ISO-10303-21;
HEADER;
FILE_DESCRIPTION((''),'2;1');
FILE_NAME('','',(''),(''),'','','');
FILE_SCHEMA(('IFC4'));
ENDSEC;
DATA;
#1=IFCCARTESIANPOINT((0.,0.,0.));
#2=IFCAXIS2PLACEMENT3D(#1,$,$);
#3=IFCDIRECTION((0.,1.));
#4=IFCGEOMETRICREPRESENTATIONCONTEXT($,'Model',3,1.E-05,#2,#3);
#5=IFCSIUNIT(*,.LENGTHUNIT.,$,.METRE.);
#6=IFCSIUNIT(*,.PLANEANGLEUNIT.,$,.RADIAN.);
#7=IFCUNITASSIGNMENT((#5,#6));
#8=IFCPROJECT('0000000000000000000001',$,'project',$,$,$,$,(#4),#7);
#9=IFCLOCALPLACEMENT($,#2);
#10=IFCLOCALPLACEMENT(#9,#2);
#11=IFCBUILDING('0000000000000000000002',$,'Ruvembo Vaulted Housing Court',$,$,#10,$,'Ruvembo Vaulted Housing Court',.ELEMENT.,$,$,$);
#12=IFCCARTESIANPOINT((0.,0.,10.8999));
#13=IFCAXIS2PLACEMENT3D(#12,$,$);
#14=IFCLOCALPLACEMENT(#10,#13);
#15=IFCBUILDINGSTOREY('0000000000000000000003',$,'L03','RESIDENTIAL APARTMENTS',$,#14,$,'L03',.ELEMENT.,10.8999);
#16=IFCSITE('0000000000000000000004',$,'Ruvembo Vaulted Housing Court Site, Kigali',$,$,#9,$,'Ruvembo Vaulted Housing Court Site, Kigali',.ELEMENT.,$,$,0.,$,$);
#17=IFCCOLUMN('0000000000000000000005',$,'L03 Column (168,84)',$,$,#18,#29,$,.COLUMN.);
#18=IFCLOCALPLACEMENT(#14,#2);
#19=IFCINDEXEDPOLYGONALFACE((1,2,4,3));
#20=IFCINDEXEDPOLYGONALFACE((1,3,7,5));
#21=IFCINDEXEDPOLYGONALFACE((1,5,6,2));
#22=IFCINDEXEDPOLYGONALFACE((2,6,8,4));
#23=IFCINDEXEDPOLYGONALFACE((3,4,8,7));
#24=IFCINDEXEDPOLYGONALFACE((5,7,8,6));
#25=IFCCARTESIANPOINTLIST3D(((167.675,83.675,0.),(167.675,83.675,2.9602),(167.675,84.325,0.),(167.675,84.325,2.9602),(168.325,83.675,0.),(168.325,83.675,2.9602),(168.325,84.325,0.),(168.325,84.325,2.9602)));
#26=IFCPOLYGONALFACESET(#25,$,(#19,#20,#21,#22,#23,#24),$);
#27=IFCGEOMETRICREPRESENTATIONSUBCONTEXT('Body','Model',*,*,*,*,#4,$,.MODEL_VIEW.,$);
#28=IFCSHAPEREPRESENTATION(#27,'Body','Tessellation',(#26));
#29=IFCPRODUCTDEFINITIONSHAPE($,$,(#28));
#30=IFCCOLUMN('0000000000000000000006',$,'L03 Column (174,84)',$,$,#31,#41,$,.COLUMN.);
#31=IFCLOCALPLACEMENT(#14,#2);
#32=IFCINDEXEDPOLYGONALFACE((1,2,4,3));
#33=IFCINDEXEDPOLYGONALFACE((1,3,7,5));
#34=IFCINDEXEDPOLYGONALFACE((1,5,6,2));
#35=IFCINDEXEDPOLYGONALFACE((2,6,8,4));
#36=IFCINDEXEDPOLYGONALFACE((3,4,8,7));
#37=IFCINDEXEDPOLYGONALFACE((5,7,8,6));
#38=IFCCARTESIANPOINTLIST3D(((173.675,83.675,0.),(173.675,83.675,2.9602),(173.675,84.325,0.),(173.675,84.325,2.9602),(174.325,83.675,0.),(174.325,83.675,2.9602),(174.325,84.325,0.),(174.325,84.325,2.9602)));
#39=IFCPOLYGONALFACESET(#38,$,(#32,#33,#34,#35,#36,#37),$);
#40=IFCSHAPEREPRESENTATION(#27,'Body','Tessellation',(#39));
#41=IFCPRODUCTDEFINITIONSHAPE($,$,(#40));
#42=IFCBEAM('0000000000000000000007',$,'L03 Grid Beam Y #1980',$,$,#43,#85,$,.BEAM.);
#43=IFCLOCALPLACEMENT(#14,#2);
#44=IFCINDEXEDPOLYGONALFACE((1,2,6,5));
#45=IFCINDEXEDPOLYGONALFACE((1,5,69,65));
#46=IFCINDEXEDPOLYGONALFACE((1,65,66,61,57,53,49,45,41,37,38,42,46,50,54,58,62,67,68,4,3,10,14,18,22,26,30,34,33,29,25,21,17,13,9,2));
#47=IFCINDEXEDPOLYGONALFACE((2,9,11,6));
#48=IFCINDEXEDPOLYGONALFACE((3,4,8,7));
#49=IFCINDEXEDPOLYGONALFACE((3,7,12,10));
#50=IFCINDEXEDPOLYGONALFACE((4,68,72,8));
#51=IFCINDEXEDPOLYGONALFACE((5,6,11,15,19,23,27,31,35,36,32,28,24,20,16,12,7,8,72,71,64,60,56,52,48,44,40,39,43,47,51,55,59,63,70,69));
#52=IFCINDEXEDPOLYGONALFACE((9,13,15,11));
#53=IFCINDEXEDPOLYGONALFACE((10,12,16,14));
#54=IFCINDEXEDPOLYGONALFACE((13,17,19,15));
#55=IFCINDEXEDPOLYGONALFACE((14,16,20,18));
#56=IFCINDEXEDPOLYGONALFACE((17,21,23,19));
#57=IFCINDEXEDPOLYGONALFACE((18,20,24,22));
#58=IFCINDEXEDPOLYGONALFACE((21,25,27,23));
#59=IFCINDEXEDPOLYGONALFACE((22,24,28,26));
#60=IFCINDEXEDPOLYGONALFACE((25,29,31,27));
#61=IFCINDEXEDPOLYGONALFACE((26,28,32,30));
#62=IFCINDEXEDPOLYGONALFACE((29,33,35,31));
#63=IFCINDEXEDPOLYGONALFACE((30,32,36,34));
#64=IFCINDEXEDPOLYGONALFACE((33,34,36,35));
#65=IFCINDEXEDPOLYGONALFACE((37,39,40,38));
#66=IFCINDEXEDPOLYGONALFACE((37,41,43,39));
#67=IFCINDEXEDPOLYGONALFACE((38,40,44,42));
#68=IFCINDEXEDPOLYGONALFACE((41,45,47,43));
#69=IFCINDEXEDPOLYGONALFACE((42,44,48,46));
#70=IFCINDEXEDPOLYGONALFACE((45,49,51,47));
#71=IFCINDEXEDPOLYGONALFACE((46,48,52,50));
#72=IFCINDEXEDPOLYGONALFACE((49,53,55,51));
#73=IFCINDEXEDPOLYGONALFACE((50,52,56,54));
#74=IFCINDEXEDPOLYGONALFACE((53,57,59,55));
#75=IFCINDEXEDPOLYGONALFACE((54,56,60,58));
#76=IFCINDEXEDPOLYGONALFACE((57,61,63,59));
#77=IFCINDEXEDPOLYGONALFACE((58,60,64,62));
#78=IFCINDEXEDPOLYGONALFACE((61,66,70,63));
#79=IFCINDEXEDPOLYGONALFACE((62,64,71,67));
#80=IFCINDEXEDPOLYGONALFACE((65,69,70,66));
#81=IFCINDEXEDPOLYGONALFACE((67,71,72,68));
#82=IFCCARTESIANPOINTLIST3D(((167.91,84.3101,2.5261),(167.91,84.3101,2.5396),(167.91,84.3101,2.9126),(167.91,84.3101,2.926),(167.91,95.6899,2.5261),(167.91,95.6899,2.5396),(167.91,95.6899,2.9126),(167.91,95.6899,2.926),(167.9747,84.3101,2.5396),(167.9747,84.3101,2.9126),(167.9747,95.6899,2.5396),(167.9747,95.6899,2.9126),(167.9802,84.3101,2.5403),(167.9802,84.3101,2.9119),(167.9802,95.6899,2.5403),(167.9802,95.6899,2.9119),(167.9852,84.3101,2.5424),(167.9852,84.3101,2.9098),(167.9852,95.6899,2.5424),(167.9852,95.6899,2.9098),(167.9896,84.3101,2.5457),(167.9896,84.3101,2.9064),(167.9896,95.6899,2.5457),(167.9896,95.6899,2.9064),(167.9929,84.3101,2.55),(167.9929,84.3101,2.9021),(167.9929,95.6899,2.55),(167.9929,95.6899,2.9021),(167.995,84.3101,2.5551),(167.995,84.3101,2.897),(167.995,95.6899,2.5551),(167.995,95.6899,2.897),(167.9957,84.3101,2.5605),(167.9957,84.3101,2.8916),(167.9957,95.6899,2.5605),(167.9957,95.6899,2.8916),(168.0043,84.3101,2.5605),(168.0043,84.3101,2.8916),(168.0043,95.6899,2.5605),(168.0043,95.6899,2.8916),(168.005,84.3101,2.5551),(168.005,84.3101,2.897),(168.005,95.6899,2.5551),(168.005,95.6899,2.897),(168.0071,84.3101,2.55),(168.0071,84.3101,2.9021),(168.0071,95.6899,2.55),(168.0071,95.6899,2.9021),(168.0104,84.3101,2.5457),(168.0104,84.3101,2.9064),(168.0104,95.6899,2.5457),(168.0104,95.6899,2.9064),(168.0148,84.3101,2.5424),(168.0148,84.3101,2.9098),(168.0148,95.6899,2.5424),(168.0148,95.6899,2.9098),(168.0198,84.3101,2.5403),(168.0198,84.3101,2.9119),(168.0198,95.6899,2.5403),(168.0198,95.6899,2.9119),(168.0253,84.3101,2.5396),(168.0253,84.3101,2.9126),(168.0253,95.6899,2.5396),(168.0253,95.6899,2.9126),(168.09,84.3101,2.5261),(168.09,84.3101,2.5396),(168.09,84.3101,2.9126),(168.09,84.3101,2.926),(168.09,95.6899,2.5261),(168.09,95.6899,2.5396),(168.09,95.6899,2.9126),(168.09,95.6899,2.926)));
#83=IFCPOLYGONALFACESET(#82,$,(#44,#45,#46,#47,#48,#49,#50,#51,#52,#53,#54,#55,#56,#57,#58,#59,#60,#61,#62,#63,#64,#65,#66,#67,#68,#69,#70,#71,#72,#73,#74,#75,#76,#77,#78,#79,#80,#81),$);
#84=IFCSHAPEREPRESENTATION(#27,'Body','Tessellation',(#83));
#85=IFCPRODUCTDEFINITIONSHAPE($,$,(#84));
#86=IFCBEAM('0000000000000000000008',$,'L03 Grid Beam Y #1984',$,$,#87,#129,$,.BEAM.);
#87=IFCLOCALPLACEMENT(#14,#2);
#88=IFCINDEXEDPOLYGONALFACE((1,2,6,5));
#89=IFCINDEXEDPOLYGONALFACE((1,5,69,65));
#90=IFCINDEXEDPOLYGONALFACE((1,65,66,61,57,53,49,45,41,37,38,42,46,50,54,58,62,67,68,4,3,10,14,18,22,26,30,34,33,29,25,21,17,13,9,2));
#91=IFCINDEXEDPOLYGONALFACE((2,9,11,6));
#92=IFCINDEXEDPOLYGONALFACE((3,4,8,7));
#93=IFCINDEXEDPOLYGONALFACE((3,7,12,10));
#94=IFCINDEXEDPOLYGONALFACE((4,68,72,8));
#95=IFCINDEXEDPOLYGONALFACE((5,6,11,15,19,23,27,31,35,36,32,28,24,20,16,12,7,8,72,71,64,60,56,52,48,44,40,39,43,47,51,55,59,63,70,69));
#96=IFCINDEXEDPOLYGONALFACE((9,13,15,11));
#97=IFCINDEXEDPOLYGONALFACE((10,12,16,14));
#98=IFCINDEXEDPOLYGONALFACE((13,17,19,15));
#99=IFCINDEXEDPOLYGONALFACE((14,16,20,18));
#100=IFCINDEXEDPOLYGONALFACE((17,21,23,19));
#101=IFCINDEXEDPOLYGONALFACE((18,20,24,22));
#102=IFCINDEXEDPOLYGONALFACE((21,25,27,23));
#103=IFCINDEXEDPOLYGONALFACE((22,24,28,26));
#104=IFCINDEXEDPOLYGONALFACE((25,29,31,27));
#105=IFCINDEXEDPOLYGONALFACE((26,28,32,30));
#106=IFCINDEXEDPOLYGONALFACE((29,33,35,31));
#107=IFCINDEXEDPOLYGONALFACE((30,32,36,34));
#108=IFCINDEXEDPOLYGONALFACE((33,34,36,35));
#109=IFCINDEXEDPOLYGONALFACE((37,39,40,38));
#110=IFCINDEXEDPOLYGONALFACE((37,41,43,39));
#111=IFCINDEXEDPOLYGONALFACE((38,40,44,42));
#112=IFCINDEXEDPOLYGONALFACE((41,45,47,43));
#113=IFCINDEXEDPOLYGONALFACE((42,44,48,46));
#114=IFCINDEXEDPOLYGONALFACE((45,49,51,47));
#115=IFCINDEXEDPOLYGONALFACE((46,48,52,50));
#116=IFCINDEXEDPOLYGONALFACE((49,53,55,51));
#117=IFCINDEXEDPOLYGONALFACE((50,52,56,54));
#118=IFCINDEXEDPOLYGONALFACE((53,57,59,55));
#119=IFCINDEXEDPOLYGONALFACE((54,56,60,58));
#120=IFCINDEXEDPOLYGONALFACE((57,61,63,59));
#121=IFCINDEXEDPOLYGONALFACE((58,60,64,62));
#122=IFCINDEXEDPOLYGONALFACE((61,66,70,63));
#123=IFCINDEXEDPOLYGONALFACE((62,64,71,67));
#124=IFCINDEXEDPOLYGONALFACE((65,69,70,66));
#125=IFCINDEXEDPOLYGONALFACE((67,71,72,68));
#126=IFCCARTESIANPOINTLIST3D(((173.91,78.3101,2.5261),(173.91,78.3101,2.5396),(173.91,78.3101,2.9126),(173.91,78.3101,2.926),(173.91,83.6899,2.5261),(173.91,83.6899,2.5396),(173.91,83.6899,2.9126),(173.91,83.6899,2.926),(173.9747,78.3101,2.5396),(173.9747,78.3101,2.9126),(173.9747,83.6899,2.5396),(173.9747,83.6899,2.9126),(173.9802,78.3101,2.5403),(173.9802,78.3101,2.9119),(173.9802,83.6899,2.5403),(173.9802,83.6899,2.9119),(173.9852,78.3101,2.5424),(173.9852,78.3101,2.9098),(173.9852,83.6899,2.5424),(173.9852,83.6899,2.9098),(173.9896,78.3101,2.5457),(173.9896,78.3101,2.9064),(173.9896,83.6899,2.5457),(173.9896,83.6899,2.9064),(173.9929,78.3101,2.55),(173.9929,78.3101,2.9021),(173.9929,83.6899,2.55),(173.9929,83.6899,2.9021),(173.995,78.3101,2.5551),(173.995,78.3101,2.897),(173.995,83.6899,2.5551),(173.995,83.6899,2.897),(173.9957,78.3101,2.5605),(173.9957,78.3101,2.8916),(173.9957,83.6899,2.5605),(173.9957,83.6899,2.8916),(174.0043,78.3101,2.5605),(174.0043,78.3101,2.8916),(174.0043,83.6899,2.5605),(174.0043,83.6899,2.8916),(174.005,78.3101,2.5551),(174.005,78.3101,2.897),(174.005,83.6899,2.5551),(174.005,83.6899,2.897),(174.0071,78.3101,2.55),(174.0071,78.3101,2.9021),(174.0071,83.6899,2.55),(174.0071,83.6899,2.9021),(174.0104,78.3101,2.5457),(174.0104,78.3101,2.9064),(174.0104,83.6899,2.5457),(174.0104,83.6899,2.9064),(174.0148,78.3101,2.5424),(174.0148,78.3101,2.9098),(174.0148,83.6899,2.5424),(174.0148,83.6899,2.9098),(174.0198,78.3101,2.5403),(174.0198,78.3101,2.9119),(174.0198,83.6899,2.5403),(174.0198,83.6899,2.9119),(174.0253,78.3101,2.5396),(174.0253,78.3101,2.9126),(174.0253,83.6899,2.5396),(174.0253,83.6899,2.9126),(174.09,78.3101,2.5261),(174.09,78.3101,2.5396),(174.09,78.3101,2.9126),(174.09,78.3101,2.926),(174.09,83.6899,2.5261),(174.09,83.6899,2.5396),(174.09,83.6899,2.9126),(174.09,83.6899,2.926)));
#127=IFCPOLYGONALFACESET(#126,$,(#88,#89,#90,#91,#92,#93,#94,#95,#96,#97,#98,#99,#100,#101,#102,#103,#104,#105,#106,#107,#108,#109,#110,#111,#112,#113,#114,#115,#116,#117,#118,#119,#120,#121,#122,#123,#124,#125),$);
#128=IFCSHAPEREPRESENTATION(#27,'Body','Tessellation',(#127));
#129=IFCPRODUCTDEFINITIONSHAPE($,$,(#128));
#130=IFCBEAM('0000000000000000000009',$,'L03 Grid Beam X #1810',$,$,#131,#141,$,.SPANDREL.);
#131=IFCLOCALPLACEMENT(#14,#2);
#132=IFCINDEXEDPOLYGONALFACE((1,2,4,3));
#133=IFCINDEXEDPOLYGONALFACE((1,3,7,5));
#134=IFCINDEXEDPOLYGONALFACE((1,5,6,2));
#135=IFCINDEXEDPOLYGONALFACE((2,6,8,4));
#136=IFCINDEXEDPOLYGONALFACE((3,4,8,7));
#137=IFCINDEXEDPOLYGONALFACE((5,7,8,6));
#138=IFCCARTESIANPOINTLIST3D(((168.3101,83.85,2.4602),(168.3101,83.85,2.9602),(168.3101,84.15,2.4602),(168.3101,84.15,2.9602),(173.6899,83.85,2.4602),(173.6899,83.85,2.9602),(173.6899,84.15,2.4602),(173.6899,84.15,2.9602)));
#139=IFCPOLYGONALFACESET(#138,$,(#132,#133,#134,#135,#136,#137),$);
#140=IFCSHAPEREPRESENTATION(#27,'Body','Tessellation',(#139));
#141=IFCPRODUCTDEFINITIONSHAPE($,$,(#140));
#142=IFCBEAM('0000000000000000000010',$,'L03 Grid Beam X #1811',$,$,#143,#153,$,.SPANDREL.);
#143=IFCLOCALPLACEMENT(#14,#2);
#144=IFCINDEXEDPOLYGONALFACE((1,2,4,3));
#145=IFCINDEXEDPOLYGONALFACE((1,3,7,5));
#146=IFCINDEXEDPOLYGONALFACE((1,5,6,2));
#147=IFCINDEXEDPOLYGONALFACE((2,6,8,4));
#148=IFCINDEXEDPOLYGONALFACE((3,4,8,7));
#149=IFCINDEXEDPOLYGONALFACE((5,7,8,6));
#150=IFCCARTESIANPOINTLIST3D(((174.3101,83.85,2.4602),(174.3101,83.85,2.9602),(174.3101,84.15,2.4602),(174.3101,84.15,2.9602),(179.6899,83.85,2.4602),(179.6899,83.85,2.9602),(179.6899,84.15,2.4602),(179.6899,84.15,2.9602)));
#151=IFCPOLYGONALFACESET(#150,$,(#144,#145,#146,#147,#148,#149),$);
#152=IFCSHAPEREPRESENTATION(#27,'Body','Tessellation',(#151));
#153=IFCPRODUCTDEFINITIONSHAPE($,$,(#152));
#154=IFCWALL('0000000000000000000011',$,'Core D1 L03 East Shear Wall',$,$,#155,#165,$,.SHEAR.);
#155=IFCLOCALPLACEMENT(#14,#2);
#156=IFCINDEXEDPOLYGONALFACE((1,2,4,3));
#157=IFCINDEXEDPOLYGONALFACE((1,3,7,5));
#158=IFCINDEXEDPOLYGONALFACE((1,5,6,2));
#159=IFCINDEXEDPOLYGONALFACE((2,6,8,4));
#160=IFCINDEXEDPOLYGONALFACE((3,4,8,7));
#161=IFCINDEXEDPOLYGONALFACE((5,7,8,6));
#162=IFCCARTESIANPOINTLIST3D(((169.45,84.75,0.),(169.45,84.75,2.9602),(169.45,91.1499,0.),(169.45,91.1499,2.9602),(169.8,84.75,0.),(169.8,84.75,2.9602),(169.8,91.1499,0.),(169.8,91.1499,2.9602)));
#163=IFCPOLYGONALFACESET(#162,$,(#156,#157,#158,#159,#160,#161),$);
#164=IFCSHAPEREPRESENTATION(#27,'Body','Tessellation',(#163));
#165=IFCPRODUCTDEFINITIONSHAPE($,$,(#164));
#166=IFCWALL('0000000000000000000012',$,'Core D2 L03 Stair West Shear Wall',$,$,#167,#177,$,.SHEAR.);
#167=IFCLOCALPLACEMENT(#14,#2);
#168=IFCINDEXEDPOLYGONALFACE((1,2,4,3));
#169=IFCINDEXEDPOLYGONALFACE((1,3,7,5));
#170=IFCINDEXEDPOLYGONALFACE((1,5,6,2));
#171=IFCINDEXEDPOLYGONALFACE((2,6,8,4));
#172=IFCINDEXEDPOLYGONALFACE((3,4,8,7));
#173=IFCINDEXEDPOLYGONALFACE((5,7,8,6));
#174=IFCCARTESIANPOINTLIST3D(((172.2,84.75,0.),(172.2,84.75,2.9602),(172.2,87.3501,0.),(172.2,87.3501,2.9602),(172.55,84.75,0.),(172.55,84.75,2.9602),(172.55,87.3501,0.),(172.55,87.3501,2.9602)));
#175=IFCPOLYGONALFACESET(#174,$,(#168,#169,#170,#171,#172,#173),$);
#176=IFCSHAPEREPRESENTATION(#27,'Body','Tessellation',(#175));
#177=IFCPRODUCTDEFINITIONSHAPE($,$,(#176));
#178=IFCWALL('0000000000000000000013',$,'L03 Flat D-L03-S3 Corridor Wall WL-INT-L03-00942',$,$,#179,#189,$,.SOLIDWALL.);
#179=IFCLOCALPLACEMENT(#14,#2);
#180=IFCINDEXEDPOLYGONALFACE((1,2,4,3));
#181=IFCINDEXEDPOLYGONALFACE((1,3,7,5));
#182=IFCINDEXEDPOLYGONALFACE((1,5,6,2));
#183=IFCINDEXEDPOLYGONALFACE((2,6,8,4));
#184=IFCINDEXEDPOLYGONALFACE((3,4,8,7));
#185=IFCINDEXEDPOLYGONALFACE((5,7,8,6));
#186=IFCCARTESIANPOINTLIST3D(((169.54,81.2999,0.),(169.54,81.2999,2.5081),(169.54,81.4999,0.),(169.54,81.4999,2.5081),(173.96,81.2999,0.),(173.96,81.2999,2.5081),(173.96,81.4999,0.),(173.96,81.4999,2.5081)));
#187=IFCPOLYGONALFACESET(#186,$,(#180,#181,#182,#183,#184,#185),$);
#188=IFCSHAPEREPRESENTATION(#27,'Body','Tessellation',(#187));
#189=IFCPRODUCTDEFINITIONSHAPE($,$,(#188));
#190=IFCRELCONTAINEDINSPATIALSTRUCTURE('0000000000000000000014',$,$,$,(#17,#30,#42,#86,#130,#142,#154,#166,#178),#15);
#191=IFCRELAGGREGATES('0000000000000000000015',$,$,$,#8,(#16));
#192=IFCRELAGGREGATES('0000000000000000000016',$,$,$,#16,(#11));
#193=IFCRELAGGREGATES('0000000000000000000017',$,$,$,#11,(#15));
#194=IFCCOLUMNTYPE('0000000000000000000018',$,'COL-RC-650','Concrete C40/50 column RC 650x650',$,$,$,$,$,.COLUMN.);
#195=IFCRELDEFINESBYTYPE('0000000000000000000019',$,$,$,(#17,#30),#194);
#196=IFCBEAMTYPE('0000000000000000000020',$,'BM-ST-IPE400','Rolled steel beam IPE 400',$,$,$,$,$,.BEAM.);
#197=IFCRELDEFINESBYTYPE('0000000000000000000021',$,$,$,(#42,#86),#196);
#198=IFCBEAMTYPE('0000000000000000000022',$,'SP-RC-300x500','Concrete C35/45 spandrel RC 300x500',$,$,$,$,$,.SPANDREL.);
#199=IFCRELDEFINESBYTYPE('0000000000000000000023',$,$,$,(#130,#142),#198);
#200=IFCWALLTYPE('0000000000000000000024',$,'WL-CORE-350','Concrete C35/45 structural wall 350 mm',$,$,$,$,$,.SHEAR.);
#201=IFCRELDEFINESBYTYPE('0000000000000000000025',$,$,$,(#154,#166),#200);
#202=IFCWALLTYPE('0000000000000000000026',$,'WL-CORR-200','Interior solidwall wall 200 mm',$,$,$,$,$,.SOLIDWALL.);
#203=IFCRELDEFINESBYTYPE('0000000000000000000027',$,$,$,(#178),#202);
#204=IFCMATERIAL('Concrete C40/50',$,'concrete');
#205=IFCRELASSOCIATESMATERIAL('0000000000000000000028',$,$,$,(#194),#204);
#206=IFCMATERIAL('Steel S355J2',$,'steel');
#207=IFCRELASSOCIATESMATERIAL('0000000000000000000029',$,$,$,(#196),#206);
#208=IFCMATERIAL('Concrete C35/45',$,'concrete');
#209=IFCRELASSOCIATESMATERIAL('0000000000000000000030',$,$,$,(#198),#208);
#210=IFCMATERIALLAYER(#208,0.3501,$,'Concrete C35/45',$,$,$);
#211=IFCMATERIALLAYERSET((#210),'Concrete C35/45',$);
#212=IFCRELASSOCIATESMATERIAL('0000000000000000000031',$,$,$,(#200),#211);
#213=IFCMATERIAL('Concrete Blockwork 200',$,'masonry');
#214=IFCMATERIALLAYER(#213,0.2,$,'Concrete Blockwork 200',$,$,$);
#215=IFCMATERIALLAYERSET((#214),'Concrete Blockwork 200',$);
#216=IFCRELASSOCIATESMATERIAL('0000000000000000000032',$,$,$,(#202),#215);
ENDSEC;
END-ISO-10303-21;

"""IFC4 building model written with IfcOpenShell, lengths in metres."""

from ifc_helpers import new_model, si_unit, direction, frame, frame_2d, origin, origin_2d, place, context, subcontext, project, spatial, rectangle, i_section, extrude, material, layer, layer_set, material_profile, profile_set, type_object, element, save


model = new_model("IFC4")

# Units and contexts
model_context = context("Model", 3, precision=1e-05, world=origin(), true_north=direction((0.0, 1.0)))
body_context = subcontext(model_context, "Body", "Model", "MODEL_VIEW")
ifc_project = project(units=[si_unit("LENGTHUNIT", "METRE"), si_unit("PLANEANGLEUNIT", "RADIAN")], contexts=[model_context])

# Site, building, storey
site_placement = place(None, origin())
site = spatial("IfcSite", under=ifc_project, at=site_placement, Name="Ruvembo Vaulted Housing Court Site, Kigali", LongName="Ruvembo Vaulted Housing Court Site, Kigali", CompositionType="ELEMENT", RefElevation=0.0)
building_placement = place(site_placement, origin())
building = spatial("IfcBuilding", under=site, at=building_placement, Name="Ruvembo Vaulted Housing Court", LongName="Ruvembo Vaulted Housing Court", CompositionType="ELEMENT")
storey_placement = place(building_placement, frame((0.0, 0.0, 10.8999)))
storey = spatial("IfcBuildingStorey", under=building, at=storey_placement, Name="L03", Description="RESIDENTIAL APARTMENTS", LongName="L03", CompositionType="ELEMENT", Elevation=10.8999)

# Columns
ifc_material_1 = material(Name="Concrete C40/50", Category="concrete")
ifc_material_profile_1 = material_profile(ifc_material_1, rectangle(XDim=0.6499, YDim=0.6499, at=origin_2d()), Name="RC 650x650")
ifc_profile_set_1 = profile_set([ifc_material_profile_1], Name="Concrete C40/50")
column_type = type_object("IfcColumnType", Name="COL-RC-650", Description="Concrete C40/50 column RC 650x650", PredefinedType="COLUMN", material=ifc_profile_set_1)
for number, where, z_axis, x_axis, name in (
    (1, (168.0, 84.0, 0.0), (0.0, 0.0, 1.0), (1.0, 0.0, 0.0), "L03 Column (168,84)"),
    (2, (174.0, 84.0, 0.0), (0.0, 0.0, 1.0), (1.0, 0.0, 0.0), "L03 Column (174,84)"),
):
    element("IfcColumn", number, at=place(storey_placement, frame(where, z_axis=z_axis, x_axis=x_axis)), inside=storey, type_object=column_type, Name=name, PredefinedType="COLUMN", context=body_context, shape_type="SweptSolid", body=[
        extrude(rectangle(XDim=0.6499, YDim=0.6499, at=origin_2d()), origin(), (0.0, 0.0, 1.0), 2.9602),
    ])

# Beams
ifc_material_2 = material(Name="Steel S355J2", Category="steel")
ifc_material_profile_2 = material_profile(ifc_material_2, i_section(OverallWidth=0.1799, OverallDepth=0.3999, WebThickness=0.0085, FlangeThickness=0.0134, FilletRadius=0.021, at=origin_2d()), Name="IPE 400")
ifc_profile_set_2 = profile_set([ifc_material_profile_2], Name="Steel S355J2")
beam_type_1 = type_object("IfcBeamType", Name="BM-ST-IPE400", Description="Rolled steel beam IPE 400", PredefinedType="BEAM", material=ifc_profile_set_2)
beam_1_placement = place(storey_placement, frame((168.0, 84.3101, 2.7261), z_axis=(0.0, 1.0, 0.0), x_axis=(-1.0, 0.0, 0.0)))
element("IfcBeam", 3, at=beam_1_placement, inside=storey, type_object=beam_type_1, Name="L03 Grid Beam Y #1980", PredefinedType="BEAM", context=body_context, shape_type="SweptSolid", body=[
    extrude(i_section(OverallWidth=0.1799, OverallDepth=0.3999, WebThickness=0.0085, FlangeThickness=0.0134, FilletRadius=0.021, at=origin_2d()), origin(), (0.0, 0.0, 1.0), 11.3799),
])
beam_2_placement = place(storey_placement, frame((174.0, 78.3101, 2.7261), z_axis=(0.0, 1.0, 0.0), x_axis=(-1.0, 0.0, 0.0)))
element("IfcBeam", 4, at=beam_2_placement, inside=storey, type_object=beam_type_1, Name="L03 Grid Beam Y #1984", PredefinedType="BEAM", context=body_context, shape_type="SweptSolid", body=[
    extrude(i_section(OverallWidth=0.1799, OverallDepth=0.3999, WebThickness=0.0085, FlangeThickness=0.0134, FilletRadius=0.021, at=origin_2d()), origin(), (0.0, 0.0, 1.0), 5.3799),
])
ifc_material_3 = material(Name="Concrete C35/45", Category="concrete")
ifc_material_profile_3 = material_profile(ifc_material_3, rectangle(XDim=0.3, YDim=0.5, at=origin_2d()), Name="RC 300x500")
ifc_profile_set_3 = profile_set([ifc_material_profile_3], Name="Concrete C35/45")
beam_type_2 = type_object("IfcBeamType", Name="SP-RC-300x500", Description="Concrete C35/45 spandrel RC 300x500", PredefinedType="SPANDREL", material=ifc_profile_set_3)
for number, where, z_axis, x_axis, name in (
    (5, (168.3101, 84.0, 2.7102), (1.0, 0.0, 0.0), (0.0, 1.0, 0.0), "L03 Grid Beam X #1810"),
    (6, (174.3101, 84.0, 2.7102), (1.0, 0.0, 0.0), (0.0, 1.0, 0.0), "L03 Grid Beam X #1811"),
):
    element("IfcBeam", number, at=place(storey_placement, frame(where, z_axis=z_axis, x_axis=x_axis)), inside=storey, type_object=beam_type_2, Name=name, PredefinedType="SPANDREL", context=body_context, shape_type="SweptSolid", body=[
        extrude(rectangle(XDim=0.3, YDim=0.5, at=origin_2d()), origin(), (0.0, 0.0, 1.0), 5.3799),
    ])

# Wall
ifc_layer_1 = layer(ifc_material_3, 0.3501, Name="Concrete C35/45")
ifc_layer_set_1 = layer_set([ifc_layer_1], Name="Concrete C35/45")
wall_type_1 = type_object("IfcWallType", Name="WL-CORE-350", Description="Concrete C35/45 structural wall 350 mm", PredefinedType="SHEAR", material=ifc_layer_set_1)
wall_1_placement = place(storey_placement, frame((169.625, 84.75, 0.0), z_axis=(0.0, 0.0, 1.0), x_axis=(0.0, 1.0, 0.0)))
element("IfcWall", 7, at=wall_1_placement, inside=storey, type_object=wall_type_1, Name="Core D1 L03 East Shear Wall", PredefinedType="SHEAR", context=body_context, shape_type="SweptSolid", body=[
    extrude(rectangle(XDim=6.3999, YDim=0.3501, at=frame_2d((3.2, 0.0))), origin(), (0.0, 0.0, 1.0), 2.9602),
])

# Walls
wall_2_placement = place(storey_placement, frame((172.375, 87.3501, 0.0), z_axis=(0.0, 0.0, 1.0), x_axis=(0.0, -1.0, 0.0)))
element("IfcWall", 8, at=wall_2_placement, inside=storey, type_object=wall_type_1, Name="Core D2 L03 Stair West Shear Wall", PredefinedType="SHEAR", context=body_context, shape_type="SweptSolid", body=[
    extrude(rectangle(XDim=2.6001, YDim=0.3501, at=frame_2d((1.3, 0.0))), origin(), (0.0, 0.0, 1.0), 2.9602),
])
ifc_material_4 = material(Name="Concrete Blockwork 200", Category="masonry")
ifc_layer_2 = layer(ifc_material_4, 0.2, Name="Concrete Blockwork 200")
ifc_layer_set_2 = layer_set([ifc_layer_2], Name="Concrete Blockwork 200")
wall_type_2 = type_object("IfcWallType", Name="WL-CORR-200", Description="Interior solidwall wall 200 mm", PredefinedType="SOLIDWALL", material=ifc_layer_set_2)
wall_3_placement = place(storey_placement, frame((169.54, 81.3999, 0.0), z_axis=(0.0, 0.0, 1.0), x_axis=(1.0, 0.0, 0.0)))
element("IfcWall", 9, at=wall_3_placement, inside=storey, type_object=wall_type_2, Name="L03 Flat D-L03-S3 Corridor Wall WL-INT-L03-00942", PredefinedType="SOLIDWALL", context=body_context, shape_type="SweptSolid", body=[
    extrude(rectangle(XDim=4.4199, YDim=0.2, at=frame_2d((2.21, 0.0))), origin(), (0.0, 0.0, 1.0), 2.5081),
])

save(model, "model.ifc")
